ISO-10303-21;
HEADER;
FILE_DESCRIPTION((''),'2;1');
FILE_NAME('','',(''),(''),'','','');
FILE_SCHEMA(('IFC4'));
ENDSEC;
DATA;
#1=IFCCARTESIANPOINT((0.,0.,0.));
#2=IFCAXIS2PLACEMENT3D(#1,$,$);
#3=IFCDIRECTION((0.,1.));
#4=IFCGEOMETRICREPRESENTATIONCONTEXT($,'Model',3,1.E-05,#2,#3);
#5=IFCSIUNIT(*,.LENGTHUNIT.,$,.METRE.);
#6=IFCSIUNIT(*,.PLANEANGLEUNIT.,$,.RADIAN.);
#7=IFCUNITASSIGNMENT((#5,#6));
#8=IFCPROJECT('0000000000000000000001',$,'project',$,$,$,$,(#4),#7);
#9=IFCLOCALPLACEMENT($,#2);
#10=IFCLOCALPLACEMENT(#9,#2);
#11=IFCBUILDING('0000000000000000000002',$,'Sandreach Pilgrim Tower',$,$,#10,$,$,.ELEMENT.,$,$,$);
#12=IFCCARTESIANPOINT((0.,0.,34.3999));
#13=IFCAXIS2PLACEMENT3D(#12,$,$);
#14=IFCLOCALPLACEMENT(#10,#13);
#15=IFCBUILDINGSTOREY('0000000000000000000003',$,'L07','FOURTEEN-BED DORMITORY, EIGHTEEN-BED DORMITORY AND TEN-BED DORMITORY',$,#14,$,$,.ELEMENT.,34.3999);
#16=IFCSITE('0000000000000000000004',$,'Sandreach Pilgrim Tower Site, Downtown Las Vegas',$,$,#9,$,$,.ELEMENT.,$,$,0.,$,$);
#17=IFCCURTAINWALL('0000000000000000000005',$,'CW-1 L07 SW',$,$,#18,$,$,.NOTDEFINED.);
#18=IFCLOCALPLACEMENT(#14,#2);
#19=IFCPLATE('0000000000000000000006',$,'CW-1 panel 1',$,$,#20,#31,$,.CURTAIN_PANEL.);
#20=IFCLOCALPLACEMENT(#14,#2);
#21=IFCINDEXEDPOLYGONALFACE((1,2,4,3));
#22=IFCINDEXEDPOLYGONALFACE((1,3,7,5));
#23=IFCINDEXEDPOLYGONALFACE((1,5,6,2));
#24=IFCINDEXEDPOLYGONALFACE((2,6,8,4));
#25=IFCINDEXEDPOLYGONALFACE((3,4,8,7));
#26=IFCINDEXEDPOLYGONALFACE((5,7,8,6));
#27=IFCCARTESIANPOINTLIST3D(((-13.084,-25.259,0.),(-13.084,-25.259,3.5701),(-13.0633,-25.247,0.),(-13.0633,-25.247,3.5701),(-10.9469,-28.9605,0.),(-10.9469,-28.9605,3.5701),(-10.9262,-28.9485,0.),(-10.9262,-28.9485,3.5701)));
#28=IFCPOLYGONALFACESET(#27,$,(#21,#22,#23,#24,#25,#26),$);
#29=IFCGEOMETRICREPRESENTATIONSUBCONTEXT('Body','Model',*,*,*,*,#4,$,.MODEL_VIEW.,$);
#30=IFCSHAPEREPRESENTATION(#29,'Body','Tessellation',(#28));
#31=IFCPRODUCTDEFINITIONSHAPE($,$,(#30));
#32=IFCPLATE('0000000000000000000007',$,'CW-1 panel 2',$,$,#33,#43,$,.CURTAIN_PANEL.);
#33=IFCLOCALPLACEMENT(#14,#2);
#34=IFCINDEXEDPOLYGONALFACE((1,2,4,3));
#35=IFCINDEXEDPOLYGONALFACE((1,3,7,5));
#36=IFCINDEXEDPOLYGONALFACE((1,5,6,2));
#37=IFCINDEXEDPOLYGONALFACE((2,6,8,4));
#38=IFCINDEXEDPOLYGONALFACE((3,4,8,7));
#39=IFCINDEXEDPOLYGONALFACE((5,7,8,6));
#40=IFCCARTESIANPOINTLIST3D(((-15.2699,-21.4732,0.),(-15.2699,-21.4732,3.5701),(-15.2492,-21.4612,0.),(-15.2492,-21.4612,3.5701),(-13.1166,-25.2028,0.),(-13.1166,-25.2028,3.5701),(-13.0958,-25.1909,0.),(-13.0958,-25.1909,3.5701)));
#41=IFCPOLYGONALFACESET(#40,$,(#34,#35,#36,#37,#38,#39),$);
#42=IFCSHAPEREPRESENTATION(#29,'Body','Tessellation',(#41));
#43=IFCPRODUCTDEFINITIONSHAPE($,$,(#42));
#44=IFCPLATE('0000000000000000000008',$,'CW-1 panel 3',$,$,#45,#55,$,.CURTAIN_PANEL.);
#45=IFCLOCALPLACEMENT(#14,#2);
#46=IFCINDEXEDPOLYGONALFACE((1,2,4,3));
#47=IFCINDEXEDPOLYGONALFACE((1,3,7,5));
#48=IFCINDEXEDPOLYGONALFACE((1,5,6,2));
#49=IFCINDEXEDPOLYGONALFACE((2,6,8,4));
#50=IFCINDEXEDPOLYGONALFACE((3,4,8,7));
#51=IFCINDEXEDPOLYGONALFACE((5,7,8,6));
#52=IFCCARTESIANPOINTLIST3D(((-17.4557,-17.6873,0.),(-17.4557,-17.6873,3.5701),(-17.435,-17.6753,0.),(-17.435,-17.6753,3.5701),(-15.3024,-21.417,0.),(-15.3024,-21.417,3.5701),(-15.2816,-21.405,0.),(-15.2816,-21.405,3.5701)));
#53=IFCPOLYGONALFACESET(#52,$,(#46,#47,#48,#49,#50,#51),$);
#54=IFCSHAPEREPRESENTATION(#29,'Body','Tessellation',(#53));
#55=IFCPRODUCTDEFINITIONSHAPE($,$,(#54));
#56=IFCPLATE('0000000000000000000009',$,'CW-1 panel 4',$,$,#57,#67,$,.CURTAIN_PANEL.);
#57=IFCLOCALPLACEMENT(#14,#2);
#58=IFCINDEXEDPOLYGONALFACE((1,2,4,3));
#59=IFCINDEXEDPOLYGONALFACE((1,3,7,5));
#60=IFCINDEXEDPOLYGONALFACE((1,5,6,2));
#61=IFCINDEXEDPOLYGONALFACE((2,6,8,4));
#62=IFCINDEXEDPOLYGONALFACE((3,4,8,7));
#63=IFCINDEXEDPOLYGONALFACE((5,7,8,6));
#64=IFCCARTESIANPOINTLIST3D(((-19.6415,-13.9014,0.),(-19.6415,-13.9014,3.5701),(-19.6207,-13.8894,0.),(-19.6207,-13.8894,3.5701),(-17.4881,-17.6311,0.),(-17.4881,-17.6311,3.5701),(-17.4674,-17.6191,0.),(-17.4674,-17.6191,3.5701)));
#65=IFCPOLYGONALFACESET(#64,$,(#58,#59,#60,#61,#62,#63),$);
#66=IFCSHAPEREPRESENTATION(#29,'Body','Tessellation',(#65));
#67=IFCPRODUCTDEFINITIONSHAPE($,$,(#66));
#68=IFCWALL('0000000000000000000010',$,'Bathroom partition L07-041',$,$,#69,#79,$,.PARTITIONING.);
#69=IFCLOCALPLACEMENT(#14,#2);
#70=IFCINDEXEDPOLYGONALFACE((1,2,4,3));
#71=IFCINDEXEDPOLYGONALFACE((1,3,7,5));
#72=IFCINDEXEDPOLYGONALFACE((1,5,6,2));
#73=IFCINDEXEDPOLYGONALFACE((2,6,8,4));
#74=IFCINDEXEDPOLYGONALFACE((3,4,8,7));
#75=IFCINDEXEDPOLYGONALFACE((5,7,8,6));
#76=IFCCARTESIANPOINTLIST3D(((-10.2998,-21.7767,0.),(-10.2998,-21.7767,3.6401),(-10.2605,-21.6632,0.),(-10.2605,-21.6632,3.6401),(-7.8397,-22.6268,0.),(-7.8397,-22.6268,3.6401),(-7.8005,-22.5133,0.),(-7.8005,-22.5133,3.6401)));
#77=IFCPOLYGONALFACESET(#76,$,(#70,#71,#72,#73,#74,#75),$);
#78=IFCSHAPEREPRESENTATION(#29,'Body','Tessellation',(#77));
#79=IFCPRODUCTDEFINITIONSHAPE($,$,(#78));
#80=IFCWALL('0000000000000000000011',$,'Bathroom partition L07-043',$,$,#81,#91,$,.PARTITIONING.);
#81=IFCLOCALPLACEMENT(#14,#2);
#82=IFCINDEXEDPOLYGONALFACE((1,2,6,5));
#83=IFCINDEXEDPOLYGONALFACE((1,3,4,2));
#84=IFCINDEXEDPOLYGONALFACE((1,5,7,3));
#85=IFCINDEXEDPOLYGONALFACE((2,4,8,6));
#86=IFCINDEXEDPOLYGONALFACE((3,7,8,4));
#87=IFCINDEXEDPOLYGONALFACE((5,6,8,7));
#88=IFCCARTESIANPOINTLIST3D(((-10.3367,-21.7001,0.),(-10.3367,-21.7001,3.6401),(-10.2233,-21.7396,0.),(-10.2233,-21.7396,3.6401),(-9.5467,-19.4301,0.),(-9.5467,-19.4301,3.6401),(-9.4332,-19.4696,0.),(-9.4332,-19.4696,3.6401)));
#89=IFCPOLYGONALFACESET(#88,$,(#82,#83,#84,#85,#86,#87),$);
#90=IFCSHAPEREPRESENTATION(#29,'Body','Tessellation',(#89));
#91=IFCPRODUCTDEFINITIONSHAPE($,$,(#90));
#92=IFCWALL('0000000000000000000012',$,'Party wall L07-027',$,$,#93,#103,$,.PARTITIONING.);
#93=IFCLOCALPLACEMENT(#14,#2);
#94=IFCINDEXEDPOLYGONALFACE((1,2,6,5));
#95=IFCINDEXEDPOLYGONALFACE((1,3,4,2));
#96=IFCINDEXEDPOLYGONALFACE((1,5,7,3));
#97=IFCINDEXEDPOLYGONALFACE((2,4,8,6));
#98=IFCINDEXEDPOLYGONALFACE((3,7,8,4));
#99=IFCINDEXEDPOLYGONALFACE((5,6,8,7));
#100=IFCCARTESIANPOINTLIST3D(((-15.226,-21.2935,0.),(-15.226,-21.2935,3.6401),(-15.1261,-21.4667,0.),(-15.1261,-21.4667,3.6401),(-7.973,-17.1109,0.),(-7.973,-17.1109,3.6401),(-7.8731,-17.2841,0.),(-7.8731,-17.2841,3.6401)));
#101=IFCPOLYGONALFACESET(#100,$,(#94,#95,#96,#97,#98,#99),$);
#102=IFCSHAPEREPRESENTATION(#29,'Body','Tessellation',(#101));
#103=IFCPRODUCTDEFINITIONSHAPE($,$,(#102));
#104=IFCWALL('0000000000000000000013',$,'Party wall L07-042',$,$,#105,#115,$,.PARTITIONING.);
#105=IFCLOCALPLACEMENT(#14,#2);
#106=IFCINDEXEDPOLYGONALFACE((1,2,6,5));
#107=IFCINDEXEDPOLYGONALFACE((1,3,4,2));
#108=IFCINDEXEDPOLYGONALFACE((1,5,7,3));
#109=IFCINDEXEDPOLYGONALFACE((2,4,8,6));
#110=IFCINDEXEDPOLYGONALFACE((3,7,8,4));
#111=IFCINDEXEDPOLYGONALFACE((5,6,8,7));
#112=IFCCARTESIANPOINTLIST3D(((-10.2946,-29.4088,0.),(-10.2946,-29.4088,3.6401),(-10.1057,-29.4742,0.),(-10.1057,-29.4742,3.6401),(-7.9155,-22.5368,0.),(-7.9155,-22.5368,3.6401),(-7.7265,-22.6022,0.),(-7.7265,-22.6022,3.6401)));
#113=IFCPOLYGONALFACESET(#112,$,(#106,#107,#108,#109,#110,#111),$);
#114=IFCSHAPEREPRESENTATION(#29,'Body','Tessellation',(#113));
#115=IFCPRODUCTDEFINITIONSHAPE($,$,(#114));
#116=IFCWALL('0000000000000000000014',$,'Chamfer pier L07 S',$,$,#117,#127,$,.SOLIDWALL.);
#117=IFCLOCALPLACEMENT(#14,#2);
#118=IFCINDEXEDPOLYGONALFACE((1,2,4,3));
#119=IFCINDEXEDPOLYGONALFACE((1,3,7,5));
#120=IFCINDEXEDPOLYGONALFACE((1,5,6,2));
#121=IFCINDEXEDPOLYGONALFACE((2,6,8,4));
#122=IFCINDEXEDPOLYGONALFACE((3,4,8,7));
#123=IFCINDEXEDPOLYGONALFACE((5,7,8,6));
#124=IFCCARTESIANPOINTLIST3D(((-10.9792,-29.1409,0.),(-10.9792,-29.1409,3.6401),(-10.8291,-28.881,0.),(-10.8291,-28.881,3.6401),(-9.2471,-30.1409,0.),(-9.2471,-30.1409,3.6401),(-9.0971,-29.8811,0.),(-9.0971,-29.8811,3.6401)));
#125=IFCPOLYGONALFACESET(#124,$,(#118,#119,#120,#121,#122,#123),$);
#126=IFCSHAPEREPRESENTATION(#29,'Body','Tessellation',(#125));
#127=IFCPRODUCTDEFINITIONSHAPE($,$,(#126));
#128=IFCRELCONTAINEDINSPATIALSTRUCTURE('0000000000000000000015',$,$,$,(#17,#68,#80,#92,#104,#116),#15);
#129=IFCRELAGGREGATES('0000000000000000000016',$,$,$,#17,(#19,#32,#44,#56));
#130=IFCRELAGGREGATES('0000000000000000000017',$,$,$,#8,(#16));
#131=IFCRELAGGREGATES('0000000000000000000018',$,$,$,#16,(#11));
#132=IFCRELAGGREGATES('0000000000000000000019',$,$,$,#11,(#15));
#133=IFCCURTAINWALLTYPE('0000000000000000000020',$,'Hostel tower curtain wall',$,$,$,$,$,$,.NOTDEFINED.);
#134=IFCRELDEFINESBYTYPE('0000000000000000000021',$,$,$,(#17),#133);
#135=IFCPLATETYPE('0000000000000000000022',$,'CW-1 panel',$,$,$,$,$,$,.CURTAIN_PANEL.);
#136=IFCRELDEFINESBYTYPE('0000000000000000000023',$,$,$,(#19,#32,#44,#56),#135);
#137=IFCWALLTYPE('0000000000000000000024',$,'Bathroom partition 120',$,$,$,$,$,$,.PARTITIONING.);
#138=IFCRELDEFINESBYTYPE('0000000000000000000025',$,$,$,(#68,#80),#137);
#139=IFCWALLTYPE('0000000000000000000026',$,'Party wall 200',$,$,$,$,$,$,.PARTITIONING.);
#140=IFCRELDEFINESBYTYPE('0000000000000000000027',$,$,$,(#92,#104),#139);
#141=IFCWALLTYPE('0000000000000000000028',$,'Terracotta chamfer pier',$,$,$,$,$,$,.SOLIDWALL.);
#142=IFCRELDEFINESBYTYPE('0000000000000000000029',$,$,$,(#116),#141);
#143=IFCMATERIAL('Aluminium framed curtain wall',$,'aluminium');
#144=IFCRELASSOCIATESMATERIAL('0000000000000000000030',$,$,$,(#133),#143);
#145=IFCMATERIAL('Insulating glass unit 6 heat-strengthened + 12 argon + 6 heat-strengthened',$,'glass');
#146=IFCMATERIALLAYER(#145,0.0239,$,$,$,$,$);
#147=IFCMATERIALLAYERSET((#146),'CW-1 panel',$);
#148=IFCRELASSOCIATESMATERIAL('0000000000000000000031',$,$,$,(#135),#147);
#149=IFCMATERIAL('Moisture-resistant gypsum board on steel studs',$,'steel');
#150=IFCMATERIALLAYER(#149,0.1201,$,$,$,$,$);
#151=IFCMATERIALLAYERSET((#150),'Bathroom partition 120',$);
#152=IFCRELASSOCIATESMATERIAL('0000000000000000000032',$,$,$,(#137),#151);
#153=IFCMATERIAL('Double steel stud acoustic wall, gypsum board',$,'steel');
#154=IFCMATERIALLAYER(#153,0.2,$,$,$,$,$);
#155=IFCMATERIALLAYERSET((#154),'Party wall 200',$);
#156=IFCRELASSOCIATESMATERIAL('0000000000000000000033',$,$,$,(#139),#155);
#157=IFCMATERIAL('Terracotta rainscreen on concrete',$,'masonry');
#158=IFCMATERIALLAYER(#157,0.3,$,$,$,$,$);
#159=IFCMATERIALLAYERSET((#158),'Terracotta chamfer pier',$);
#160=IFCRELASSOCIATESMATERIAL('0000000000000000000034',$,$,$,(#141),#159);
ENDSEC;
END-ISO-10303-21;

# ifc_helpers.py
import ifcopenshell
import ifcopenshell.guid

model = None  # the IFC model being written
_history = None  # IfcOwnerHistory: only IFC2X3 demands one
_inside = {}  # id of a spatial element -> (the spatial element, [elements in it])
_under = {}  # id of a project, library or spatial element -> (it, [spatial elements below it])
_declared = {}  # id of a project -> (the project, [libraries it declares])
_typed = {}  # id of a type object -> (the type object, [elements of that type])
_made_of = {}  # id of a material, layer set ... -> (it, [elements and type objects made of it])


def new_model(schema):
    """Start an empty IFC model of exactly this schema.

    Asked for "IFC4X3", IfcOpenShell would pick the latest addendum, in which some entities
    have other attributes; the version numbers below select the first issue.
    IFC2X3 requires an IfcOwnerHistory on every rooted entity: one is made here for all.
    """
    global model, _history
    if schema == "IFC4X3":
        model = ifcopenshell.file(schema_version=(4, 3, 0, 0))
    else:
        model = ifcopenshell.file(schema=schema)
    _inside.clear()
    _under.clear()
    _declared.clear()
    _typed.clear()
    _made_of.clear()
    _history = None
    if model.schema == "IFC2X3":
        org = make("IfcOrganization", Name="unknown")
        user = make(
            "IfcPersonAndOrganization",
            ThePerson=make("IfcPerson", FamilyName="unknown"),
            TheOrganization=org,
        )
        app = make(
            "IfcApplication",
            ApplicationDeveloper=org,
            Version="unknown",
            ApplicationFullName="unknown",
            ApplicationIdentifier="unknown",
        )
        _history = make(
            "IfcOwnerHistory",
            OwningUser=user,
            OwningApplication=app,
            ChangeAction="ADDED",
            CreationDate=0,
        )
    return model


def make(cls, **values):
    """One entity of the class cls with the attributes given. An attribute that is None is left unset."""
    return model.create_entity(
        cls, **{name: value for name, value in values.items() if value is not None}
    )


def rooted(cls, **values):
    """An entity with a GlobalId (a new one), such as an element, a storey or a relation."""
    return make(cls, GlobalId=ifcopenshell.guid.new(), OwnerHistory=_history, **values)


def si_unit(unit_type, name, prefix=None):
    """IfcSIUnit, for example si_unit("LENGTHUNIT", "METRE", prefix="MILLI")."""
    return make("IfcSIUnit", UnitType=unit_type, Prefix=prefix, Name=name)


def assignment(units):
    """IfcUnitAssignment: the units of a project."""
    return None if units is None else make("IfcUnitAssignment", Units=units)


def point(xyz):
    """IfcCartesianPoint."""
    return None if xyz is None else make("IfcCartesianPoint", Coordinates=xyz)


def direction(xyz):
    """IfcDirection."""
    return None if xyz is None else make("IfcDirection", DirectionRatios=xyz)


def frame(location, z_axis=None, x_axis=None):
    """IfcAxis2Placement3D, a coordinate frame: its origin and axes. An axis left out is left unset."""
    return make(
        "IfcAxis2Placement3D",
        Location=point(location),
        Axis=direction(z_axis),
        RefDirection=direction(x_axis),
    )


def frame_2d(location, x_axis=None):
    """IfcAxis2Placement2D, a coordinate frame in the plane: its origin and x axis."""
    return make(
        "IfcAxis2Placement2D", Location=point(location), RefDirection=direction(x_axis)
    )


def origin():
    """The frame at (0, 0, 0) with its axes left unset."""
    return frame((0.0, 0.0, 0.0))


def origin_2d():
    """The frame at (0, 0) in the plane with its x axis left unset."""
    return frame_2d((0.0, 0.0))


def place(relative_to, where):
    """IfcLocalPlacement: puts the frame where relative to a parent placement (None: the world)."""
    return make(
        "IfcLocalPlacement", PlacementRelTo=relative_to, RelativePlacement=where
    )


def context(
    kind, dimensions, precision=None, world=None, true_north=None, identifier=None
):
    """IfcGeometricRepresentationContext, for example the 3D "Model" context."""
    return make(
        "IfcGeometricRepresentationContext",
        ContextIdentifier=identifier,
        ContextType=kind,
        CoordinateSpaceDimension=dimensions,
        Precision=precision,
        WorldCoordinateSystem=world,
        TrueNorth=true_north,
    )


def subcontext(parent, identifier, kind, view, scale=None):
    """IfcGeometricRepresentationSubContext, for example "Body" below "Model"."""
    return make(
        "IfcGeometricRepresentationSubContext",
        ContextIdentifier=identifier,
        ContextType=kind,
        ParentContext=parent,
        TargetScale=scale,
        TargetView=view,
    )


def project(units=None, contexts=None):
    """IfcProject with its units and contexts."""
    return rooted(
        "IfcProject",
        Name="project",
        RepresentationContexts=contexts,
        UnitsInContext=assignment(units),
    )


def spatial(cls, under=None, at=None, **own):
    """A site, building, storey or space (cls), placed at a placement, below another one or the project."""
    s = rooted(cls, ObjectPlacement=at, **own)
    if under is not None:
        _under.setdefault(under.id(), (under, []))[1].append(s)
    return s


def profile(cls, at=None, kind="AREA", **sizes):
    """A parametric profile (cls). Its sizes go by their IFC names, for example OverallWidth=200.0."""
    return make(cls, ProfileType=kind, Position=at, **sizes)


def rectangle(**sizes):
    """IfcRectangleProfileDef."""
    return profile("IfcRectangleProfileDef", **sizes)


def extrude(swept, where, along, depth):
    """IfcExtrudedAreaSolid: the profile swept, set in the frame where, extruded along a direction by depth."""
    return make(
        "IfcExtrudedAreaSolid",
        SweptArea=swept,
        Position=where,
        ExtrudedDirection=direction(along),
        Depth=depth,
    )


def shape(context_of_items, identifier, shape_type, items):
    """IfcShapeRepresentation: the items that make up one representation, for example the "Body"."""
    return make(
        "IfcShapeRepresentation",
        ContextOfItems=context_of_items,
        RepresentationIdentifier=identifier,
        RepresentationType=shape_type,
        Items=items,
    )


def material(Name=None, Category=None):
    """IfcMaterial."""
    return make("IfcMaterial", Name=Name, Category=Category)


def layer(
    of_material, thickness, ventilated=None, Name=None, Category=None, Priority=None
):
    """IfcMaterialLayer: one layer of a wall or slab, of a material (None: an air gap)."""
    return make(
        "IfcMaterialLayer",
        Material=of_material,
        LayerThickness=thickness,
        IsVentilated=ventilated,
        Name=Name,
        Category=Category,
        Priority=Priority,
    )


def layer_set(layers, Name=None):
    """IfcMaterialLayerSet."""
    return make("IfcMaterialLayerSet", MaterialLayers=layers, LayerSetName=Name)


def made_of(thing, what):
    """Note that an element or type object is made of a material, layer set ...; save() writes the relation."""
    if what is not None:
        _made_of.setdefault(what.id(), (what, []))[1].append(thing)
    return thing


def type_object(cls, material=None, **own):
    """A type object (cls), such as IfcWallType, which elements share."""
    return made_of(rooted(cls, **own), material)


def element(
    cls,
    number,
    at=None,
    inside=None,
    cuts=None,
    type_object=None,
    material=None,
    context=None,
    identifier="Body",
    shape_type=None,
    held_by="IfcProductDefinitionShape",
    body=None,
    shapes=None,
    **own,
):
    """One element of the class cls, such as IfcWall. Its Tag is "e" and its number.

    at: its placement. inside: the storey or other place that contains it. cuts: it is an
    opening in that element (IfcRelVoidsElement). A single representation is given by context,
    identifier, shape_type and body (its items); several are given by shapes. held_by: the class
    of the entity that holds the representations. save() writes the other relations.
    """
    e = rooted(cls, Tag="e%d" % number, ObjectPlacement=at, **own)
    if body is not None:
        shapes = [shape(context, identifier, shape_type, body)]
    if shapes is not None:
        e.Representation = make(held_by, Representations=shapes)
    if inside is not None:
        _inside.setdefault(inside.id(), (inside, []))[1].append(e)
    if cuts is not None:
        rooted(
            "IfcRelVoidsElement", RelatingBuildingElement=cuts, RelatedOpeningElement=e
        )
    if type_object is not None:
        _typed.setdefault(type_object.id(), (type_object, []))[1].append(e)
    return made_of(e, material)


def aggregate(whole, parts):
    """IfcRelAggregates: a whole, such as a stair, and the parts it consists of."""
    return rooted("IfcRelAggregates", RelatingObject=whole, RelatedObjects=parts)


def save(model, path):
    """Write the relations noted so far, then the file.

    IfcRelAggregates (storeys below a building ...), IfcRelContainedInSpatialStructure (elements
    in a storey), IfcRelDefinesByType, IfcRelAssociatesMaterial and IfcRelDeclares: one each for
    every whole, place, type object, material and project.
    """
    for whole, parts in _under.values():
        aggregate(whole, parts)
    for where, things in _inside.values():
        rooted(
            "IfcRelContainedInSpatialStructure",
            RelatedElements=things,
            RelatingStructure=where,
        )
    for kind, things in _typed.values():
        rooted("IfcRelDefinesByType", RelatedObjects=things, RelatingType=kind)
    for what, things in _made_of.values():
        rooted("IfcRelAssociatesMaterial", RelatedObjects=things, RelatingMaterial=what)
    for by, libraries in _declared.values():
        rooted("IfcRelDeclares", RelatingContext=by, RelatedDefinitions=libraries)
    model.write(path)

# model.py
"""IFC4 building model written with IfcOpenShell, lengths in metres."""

from ifc_helpers import new_model, si_unit, direction, frame, frame_2d, origin, origin_2d, place, context, subcontext, project, spatial, rectangle, extrude, material, layer, layer_set, type_object, element, aggregate, save


model = new_model("IFC4")

# Units and contexts
model_context = context("Model", 3, precision=1e-05, world=origin(), true_north=direction((0.0, 1.0)))
body_context = subcontext(model_context, "Body", "Model", "MODEL_VIEW")
ifc_project = project(units=[si_unit("LENGTHUNIT", "METRE"), si_unit("PLANEANGLEUNIT", "RADIAN")], contexts=[model_context])

# Site, building, storey
site_placement = place(None, origin())
site = spatial("IfcSite", under=ifc_project, at=site_placement, Name="Sandreach Pilgrim Tower Site, Downtown Las Vegas", CompositionType="ELEMENT", RefElevation=0.0)
building_placement = place(site_placement, origin())
building = spatial("IfcBuilding", under=site, at=building_placement, Name="Sandreach Pilgrim Tower", CompositionType="ELEMENT")
storey_placement = place(building_placement, frame((0.0, 0.0, 34.3999)))
storey = spatial("IfcBuildingStorey", under=building, at=storey_placement, Name="L07", Description="FOURTEEN-BED DORMITORY, EIGHTEEN-BED DORMITORY AND TEN-BED DORMITORY", CompositionType="ELEMENT", Elevation=34.3999)

# Shared definitions
ifc_material_1 = material(Name="Aluminium framed curtain wall", Category="aluminium")
curtain_wall_type = type_object("IfcCurtainWallType", Name="Hostel tower curtain wall", PredefinedType="NOTDEFINED", material=ifc_material_1)

# Curtain wall
curtain_wall_1_placement = place(storey_placement, origin())
curtain_wall_1 = element("IfcCurtainWall", 1, at=curtain_wall_1_placement, inside=storey, type_object=curtain_wall_type, Name="CW-1 L07 SW", PredefinedType="NOTDEFINED")

# Plates
ifc_material_2 = material(Name="Insulating glass unit 6 heat-strengthened + 12 argon + 6 heat-strengthened", Category="glass")
ifc_layer_1 = layer(ifc_material_2, 0.0239)
ifc_layer_set_1 = layer_set([ifc_layer_1], Name="CW-1 panel")
plate_type = type_object("IfcPlateType", Name="CW-1 panel", PredefinedType="CURTAIN_PANEL", material=ifc_layer_set_1)
plate_1_placement = place(storey_placement, frame((-12.0051, -27.1038, 0.0), z_axis=(0.0, 0.0, 1.0), x_axis=(-0.5, 0.866025, 0.0)))
plate_1 = element("IfcPlate", 2, at=plate_1_placement, type_object=plate_type, Name="CW-1 panel 1", PredefinedType="CURTAIN_PANEL", context=body_context, shape_type="SweptSolid", body=[
    extrude(rectangle(XDim=4.2742, YDim=0.0239, at=origin_2d()), origin(), (0.0, 0.0, 1.0), 3.5701),
])
plate_2_placement = place(storey_placement, frame((-14.1829, -23.332, 0.0), z_axis=(0.0, 0.0, 1.0), x_axis=(-0.5, 0.866025, 0.0)))
plate_2 = element("IfcPlate", 3, at=plate_2_placement, type_object=plate_type, Name="CW-1 panel 2", PredefinedType="CURTAIN_PANEL", context=body_context, shape_type="SweptSolid", body=[
    extrude(rectangle(XDim=4.3066, YDim=0.0239, at=origin_2d()), origin(), (0.0, 0.0, 1.0), 3.5701),
])
plate_3_placement = place(storey_placement, frame((-16.3687, -19.5461, 0.0), z_axis=(0.0, 0.0, 1.0), x_axis=(-0.5, 0.866025, 0.0)))
plate_3 = element("IfcPlate", 4, at=plate_3_placement, type_object=plate_type, Name="CW-1 panel 3", PredefinedType="CURTAIN_PANEL", context=body_context, shape_type="SweptSolid", body=[
    extrude(rectangle(XDim=4.3066, YDim=0.0239, at=origin_2d()), origin(), (0.0, 0.0, 1.0), 3.5701),
])
plate_4_placement = place(storey_placement, frame((-18.5544, -15.7603, 0.0), z_axis=(0.0, 0.0, 1.0), x_axis=(-0.5, 0.866025, 0.0)))
plate_4 = element("IfcPlate", 5, at=plate_4_placement, type_object=plate_type, Name="CW-1 panel 4", PredefinedType="CURTAIN_PANEL", context=body_context, shape_type="SweptSolid", body=[
    extrude(rectangle(XDim=4.3066, YDim=0.0239, at=origin_2d()), origin(), (0.0, 0.0, 1.0), 3.5701),
])
aggregate(curtain_wall_1, [plate_1, plate_2, plate_3, plate_4])

# Walls
ifc_material_3 = material(Name="Moisture-resistant gypsum board on steel studs", Category="steel")
ifc_layer_2 = layer(ifc_material_3, 0.1201)
ifc_layer_set_2 = layer_set([ifc_layer_2], Name="Bathroom partition 120")
wall_type_1 = type_object("IfcWallType", Name="Bathroom partition 120", PredefinedType="PARTITIONING", material=ifc_layer_set_2)
wall_1_placement = place(storey_placement, frame((-10.28, -21.72, 0.0), z_axis=(0.0, 0.0, 1.0), x_axis=(0.945155, -0.326621, 0.0)))
element("IfcWall", 6, at=wall_1_placement, inside=storey, type_object=wall_type_1, Name="Bathroom partition L07-041", PredefinedType="PARTITIONING", context=body_context, shape_type="SweptSolid", body=[
    extrude(rectangle(XDim=2.6028, YDim=0.1201, at=frame_2d((1.3013, 0.0))), origin(), (0.0, 0.0, 1.0), 3.6401),
])
wall_2_placement = place(storey_placement, frame((-9.49, -19.45, 0.0), z_axis=(0.0, 0.0, 1.0), x_axis=(-0.328694, -0.944436, 0.0)))
element("IfcWall", 7, at=wall_2_placement, inside=storey, type_object=wall_type_1, Name="Bathroom partition L07-043", PredefinedType="PARTITIONING", context=body_context, shape_type="SweptSolid", body=[
    extrude(rectangle(XDim=2.4036, YDim=0.1201, at=frame_2d((1.2017, 0.0))), origin(), (0.0, 0.0, 1.0), 3.6401),
])
ifc_material_4 = material(Name="Double steel stud acoustic wall, gypsum board", Category="steel")
ifc_layer_3 = layer(ifc_material_4, 0.2)
ifc_layer_set_3 = layer_set([ifc_layer_3], Name="Party wall 200")
wall_type_2 = type_object("IfcWallType", Name="Party wall 200", PredefinedType="PARTITIONING", material=ifc_layer_set_3)
wall_3_placement = place(storey_placement, frame((-15.176, -21.3801, 0.0), z_axis=(0.0, 0.0, 1.0), x_axis=(0.866277, 0.499564, 0.0)))
element("IfcWall", 8, at=wall_3_placement, inside=storey, type_object=wall_type_2, Name="Party wall L07-027", PredefinedType="PARTITIONING", context=body_context, shape_type="SweptSolid", body=[
    extrude(rectangle(XDim=8.3726, YDim=0.2, at=frame_2d((4.1863, 0.0))), origin(), (0.0, 0.0, 1.0), 3.6401),
])
wall_4_placement = place(storey_placement, frame((-10.2002, -29.4417, 0.0), z_axis=(0.0, 0.0, 1.0), x_axis=(0.327154, 0.944971, 0.0)))
element("IfcWall", 9, at=wall_4_placement, inside=storey, type_object=wall_type_2, Name="Party wall L07-042", PredefinedType="PARTITIONING", context=body_context, shape_type="SweptSolid", body=[
    extrude(rectangle(XDim=7.2722, YDim=0.2, at=frame_2d((3.6362, 0.0))), origin(), (0.0, 0.0, 1.0), 3.6401),
])
ifc_material_5 = material(Name="Terracotta rainscreen on concrete", Category="masonry")
ifc_layer_4 = layer(ifc_material_5, 0.3)
ifc_layer_set_4 = layer_set([ifc_layer_4], Name="Terracotta chamfer pier")
wall_type_3 = type_object("IfcWallType", Name="Terracotta chamfer pier", PredefinedType="SOLIDWALL", material=ifc_layer_set_4)
wall_5_placement = place(storey_placement, frame((-9.1721, -30.011, 0.0), z_axis=(0.0, 0.0, 1.0), x_axis=(-0.866011, 0.500025, 0.0)))
element("IfcWall", 10, at=wall_5_placement, inside=storey, type_object=wall_type_3, Name="Chamfer pier L07 S", PredefinedType="SOLIDWALL", context=body_context, shape_type="SweptSolid", body=[
    extrude(rectangle(XDim=2.0, YDim=0.3, at=frame_2d((1.0, 0.0))), origin(), (0.0, 0.0, 1.0), 3.6401),
])

save(model, "model.ifc")
